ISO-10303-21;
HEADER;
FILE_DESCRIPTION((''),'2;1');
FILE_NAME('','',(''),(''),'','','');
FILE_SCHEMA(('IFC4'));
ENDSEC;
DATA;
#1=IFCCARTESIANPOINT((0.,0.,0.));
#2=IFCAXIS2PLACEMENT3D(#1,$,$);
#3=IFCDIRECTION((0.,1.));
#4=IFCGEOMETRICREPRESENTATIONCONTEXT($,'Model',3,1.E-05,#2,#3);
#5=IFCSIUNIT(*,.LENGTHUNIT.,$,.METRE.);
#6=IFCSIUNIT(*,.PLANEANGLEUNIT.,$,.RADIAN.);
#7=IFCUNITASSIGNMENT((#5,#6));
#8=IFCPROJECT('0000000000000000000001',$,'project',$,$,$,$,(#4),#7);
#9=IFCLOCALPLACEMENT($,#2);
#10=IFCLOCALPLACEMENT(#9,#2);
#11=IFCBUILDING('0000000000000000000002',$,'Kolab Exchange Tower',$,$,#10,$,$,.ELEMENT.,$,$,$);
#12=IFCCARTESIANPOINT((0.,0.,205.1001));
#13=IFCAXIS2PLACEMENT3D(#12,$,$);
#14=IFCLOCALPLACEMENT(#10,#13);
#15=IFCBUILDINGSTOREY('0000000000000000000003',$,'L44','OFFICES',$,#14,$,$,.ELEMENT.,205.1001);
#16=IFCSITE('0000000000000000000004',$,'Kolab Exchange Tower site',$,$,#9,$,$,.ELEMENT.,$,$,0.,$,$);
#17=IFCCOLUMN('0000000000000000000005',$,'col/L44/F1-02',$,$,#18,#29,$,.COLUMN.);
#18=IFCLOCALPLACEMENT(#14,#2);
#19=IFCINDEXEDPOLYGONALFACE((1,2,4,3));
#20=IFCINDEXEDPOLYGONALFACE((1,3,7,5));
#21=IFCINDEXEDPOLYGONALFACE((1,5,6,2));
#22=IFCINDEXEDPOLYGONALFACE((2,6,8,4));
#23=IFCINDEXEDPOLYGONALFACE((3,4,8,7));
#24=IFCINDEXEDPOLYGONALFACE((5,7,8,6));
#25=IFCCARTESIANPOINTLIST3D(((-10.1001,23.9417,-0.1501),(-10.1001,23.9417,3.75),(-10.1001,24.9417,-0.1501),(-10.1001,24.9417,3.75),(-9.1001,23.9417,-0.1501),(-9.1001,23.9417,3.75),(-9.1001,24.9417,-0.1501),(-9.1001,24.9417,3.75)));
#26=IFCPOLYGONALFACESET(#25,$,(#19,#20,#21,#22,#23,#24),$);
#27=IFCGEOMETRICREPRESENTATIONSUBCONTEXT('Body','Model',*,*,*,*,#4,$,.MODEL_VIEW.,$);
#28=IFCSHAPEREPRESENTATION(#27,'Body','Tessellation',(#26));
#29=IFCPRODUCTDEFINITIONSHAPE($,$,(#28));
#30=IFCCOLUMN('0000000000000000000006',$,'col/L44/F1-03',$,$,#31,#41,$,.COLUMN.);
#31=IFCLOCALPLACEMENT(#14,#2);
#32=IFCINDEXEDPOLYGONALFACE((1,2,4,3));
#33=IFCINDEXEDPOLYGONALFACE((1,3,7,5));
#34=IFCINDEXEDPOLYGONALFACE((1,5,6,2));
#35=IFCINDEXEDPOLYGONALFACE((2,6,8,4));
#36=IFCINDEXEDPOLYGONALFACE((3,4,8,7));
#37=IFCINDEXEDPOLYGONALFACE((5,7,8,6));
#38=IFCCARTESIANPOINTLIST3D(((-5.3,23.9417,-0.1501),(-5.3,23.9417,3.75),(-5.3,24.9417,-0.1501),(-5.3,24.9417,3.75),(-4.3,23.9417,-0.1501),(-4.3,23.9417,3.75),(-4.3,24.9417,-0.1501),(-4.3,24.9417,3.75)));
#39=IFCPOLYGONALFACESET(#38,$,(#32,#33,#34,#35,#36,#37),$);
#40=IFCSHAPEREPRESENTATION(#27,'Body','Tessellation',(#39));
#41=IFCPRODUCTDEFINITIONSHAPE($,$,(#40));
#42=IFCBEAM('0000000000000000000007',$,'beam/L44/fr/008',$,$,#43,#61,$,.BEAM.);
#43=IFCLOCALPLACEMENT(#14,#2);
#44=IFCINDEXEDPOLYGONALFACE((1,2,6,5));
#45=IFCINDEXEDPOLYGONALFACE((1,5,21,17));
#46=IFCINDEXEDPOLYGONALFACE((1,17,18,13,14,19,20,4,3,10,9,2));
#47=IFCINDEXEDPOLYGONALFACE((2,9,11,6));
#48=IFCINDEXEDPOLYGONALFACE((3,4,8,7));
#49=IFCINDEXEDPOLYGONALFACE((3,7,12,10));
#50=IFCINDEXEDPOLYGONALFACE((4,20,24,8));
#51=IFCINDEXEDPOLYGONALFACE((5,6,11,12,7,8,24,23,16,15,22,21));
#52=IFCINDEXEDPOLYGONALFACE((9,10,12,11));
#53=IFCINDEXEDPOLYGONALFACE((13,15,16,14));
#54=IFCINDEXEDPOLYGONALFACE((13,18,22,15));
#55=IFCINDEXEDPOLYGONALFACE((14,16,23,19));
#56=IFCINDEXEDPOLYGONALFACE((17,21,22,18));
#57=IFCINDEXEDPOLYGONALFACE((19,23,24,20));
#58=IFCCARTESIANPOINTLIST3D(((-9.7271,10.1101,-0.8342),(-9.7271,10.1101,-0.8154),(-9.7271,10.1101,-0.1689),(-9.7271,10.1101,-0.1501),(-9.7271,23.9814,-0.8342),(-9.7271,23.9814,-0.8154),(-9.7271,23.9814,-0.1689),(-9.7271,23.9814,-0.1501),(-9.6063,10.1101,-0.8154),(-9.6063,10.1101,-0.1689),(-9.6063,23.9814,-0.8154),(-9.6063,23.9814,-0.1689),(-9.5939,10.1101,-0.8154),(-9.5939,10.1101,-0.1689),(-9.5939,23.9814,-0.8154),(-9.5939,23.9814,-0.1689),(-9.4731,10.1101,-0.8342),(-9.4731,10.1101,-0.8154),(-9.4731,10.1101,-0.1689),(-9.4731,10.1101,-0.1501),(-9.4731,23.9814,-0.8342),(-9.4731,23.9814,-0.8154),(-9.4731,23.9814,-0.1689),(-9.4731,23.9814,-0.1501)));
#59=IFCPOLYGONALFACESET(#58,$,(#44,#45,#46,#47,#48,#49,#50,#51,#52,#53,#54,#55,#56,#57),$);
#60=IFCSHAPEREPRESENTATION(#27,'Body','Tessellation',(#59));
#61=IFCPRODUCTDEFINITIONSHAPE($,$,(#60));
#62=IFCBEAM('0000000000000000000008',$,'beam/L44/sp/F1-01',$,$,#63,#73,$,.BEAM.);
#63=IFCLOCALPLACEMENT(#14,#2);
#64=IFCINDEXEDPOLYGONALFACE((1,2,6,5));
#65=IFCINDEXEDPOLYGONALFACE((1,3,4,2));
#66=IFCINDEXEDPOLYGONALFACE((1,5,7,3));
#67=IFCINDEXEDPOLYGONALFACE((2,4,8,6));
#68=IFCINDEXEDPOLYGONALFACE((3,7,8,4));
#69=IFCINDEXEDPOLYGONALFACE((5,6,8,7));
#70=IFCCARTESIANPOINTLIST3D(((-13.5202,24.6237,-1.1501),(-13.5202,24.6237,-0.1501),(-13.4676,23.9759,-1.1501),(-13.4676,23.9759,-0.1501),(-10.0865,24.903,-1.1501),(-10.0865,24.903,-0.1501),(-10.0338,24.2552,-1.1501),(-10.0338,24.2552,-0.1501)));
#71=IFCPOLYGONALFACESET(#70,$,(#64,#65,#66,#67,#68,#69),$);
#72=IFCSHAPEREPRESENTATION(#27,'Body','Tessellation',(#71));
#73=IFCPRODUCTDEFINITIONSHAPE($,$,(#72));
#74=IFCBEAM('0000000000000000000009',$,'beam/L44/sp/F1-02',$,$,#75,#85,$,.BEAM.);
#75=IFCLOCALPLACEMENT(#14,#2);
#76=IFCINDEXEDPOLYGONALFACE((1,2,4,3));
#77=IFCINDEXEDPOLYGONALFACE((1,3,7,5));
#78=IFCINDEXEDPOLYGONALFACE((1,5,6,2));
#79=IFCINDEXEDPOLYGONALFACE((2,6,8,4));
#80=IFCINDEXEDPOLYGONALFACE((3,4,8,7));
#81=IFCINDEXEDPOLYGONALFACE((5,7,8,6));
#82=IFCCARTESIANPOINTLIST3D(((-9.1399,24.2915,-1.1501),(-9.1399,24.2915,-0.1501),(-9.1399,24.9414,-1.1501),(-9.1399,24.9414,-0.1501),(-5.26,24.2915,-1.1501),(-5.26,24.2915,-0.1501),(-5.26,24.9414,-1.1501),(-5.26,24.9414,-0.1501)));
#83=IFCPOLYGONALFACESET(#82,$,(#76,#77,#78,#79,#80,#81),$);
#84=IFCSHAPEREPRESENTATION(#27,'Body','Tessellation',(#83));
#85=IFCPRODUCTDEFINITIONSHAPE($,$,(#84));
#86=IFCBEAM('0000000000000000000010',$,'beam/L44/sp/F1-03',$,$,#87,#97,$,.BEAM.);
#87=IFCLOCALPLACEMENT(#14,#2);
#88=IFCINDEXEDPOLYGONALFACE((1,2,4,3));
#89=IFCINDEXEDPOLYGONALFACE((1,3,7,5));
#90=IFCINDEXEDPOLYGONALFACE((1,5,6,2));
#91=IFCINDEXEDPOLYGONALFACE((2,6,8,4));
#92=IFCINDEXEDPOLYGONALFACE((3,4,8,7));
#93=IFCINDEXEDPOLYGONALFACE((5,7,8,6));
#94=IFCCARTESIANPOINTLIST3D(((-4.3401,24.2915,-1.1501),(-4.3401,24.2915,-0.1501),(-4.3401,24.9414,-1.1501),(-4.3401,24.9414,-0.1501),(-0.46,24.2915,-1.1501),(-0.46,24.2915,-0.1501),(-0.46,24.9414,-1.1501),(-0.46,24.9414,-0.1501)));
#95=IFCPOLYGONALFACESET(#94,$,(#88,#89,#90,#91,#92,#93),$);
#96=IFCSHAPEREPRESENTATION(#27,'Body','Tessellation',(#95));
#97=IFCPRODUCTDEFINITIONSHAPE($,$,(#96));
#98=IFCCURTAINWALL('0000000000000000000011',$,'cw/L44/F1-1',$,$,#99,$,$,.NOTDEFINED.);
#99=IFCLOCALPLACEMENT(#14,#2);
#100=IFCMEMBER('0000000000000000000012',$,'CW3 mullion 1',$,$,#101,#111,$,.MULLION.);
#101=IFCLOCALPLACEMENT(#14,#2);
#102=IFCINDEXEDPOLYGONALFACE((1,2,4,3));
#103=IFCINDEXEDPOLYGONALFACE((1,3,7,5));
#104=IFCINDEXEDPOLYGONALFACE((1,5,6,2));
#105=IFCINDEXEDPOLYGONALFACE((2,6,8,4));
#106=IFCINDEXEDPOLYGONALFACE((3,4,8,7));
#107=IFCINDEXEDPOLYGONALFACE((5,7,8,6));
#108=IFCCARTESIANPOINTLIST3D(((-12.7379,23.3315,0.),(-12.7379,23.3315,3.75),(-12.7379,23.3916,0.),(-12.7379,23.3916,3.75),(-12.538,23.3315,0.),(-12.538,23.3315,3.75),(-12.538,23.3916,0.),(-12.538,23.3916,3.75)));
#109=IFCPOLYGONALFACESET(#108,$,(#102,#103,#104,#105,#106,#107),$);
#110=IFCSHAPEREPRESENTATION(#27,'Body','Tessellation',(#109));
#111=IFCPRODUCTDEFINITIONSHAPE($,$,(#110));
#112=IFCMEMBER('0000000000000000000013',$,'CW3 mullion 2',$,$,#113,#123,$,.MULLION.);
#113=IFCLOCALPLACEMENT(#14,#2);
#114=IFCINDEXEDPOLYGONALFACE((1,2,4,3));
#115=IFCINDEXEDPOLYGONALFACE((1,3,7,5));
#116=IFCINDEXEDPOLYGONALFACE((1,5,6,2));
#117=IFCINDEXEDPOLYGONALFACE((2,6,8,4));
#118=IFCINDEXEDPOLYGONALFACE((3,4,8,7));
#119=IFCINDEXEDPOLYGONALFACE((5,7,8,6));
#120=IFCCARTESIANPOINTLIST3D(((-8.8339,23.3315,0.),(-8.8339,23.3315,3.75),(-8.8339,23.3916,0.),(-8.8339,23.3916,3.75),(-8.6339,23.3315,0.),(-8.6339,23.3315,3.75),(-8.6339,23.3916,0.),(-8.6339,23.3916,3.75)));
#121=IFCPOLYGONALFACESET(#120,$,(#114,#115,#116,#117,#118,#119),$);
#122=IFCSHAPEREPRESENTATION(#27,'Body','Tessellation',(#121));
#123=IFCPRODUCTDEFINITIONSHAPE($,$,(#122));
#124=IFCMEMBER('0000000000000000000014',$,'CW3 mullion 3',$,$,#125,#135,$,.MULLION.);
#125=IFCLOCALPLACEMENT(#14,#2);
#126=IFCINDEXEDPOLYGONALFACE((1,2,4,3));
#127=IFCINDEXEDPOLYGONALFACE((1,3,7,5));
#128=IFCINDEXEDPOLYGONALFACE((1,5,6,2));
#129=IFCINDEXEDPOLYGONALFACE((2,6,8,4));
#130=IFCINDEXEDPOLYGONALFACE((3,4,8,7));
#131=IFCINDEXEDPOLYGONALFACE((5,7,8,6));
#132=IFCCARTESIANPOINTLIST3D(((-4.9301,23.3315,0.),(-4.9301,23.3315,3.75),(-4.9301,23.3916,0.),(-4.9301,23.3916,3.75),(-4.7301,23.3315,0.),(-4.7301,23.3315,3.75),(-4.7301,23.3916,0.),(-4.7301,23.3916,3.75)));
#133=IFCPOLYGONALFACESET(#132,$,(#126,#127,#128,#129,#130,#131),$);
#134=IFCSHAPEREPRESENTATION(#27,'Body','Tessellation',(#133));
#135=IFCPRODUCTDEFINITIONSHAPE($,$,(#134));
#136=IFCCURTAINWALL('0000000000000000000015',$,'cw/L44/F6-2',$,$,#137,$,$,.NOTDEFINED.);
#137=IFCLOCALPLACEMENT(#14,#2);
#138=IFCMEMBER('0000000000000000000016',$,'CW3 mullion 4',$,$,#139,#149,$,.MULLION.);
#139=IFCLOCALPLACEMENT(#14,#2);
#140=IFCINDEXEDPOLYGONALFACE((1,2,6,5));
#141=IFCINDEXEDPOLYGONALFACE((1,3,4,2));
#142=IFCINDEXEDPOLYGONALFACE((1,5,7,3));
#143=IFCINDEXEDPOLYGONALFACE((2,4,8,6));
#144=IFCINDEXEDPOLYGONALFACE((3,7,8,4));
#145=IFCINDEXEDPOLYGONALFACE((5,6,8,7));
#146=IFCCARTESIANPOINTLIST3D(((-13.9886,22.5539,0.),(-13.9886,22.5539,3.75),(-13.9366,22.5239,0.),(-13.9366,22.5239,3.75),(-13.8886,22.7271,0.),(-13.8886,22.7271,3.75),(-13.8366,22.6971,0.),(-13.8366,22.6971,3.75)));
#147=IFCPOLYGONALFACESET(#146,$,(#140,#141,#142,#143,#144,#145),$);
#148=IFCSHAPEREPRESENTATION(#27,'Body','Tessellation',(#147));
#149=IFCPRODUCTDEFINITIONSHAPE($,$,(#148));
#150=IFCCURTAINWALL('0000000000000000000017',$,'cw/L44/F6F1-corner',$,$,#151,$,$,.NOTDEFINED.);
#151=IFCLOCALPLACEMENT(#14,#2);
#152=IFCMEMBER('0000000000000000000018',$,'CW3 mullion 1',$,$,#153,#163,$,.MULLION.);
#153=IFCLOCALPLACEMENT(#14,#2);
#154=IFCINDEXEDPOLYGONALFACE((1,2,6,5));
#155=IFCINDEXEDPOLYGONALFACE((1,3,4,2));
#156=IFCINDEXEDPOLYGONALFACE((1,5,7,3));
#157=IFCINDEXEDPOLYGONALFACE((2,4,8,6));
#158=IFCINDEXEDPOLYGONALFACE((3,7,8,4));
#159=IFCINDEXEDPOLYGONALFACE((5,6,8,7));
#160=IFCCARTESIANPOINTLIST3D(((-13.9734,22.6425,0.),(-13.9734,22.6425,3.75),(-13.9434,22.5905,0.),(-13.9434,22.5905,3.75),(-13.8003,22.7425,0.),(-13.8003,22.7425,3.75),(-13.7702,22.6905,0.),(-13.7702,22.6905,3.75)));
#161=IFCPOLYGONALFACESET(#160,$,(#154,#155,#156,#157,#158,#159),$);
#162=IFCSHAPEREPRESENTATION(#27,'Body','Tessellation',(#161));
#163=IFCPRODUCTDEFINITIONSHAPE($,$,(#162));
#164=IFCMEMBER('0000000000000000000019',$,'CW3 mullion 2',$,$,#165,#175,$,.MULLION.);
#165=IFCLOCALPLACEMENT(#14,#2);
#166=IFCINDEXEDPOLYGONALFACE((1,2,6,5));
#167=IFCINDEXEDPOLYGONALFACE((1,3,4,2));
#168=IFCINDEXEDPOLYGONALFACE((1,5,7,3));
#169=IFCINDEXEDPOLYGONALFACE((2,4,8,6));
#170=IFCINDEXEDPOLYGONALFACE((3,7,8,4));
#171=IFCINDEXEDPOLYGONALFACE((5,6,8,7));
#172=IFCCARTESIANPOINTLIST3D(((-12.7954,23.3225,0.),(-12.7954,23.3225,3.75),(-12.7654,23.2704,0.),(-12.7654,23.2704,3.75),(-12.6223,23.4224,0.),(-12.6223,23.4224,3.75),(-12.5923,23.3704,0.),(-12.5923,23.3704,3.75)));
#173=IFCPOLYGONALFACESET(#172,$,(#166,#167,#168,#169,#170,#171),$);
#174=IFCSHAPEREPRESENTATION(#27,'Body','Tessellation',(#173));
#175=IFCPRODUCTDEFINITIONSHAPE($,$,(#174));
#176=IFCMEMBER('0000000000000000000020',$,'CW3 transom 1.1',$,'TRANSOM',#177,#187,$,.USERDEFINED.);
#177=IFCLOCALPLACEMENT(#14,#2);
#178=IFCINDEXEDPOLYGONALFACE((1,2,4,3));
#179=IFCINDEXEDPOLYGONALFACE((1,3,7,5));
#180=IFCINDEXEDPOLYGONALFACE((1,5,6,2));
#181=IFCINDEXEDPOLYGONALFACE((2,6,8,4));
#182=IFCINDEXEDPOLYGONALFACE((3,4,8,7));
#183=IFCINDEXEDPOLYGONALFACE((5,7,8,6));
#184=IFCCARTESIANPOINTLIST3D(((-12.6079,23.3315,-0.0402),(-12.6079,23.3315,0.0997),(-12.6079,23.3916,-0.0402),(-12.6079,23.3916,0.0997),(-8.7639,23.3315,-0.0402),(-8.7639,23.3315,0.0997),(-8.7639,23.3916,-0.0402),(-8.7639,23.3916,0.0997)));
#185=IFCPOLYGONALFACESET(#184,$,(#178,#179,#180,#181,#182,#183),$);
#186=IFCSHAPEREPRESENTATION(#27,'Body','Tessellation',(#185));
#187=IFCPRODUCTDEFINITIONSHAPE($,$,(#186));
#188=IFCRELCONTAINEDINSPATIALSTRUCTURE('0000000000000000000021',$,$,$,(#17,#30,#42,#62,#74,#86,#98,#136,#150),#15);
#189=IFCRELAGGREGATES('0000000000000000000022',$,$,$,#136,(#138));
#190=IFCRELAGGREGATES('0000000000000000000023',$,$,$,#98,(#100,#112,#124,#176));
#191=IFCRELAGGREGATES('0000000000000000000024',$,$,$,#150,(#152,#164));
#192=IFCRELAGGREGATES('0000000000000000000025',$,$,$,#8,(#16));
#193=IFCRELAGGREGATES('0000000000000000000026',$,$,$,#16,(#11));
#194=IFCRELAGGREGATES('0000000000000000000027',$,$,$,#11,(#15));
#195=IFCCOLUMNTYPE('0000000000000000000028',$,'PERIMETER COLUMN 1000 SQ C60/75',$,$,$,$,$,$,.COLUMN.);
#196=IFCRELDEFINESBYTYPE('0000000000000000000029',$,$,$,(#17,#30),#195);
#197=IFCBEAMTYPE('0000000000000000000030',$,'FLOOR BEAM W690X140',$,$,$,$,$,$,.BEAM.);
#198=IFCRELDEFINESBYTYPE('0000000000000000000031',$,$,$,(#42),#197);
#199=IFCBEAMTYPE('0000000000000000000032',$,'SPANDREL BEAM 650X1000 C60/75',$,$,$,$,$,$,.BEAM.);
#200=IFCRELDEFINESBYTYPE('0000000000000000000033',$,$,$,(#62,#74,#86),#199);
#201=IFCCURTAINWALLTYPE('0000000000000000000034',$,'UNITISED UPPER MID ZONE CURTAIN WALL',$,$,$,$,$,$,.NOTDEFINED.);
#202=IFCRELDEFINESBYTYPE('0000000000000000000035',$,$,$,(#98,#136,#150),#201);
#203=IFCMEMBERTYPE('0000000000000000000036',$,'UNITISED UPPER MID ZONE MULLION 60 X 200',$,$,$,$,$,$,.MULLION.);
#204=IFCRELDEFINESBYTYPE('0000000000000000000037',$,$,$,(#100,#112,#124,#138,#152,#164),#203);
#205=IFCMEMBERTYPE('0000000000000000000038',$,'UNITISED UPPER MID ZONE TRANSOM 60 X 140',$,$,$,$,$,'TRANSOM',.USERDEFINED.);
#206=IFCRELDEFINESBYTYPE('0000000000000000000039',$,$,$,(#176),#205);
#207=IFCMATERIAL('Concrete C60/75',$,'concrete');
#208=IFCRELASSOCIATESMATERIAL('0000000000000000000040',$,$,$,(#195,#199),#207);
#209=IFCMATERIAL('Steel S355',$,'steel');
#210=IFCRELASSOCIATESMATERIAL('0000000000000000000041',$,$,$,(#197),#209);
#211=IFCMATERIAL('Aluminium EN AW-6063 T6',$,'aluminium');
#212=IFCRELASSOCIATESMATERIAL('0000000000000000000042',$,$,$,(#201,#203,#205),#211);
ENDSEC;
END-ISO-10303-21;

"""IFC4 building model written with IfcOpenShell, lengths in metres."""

from ifc_helpers import new_model, si_unit, direction, frame, origin, origin_2d, place, context, subcontext, project, spatial, rectangle, i_section, extrude, material, material_profile, profile_set, type_object, element, aggregate, save


model = new_model("IFC4")

# Units and contexts
model_context = context("Model", 3, precision=1e-05, world=origin(), true_north=direction((0.0, 1.0)))
body_context = subcontext(model_context, "Body", "Model", "MODEL_VIEW")
ifc_project = project(units=[si_unit("LENGTHUNIT", "METRE"), si_unit("PLANEANGLEUNIT", "RADIAN")], contexts=[model_context])

# Site, building, storey
site_placement = place(None, origin())
site = spatial("IfcSite", under=ifc_project, at=site_placement, Name="Kolab Exchange Tower site", CompositionType="ELEMENT", RefElevation=0.0)
building_placement = place(site_placement, origin())
building = spatial("IfcBuilding", under=site, at=building_placement, Name="Kolab Exchange Tower", CompositionType="ELEMENT")
storey_placement = place(building_placement, frame((0.0, 0.0, 205.1001)))
storey = spatial("IfcBuildingStorey", under=building, at=storey_placement, Name="L44", Description="OFFICES", CompositionType="ELEMENT", Elevation=205.1001)

# Columns
ifc_material_1 = material(Name="Concrete C60/75", Category="concrete")
ifc_material_profile_1 = material_profile(ifc_material_1, rectangle(XDim=1.0, YDim=1.0, at=origin_2d()), Name="RC1000")
ifc_profile_set_1 = profile_set([ifc_material_profile_1], Name="Concrete C60/75")
column_type = type_object("IfcColumnType", Name="PERIMETER COLUMN 1000 SQ C60/75", PredefinedType="COLUMN", material=ifc_profile_set_1)
for number, where, z_axis, x_axis, name in (
    (1, (-9.6001, 24.4417, -0.1501), (0.0, 0.0, 1.0), (1.0, 0.0, 0.0), "col/L44/F1-02"),
    (2, (-4.8, 24.4417, -0.1501), (0.0, 0.0, 1.0), (1.0, 0.0, 0.0), "col/L44/F1-03"),
):
    element("IfcColumn", number, at=place(storey_placement, frame(where, z_axis=z_axis, x_axis=x_axis)), inside=storey, type_object=column_type, Name=name, PredefinedType="COLUMN", context=body_context, shape_type="SweptSolid", body=[
        extrude(rectangle(XDim=1.0, YDim=1.0, at=origin_2d()), origin(), (0.0, 0.0, 1.0), 3.9001),
    ])

# Beams
ifc_material_2 = material(Name="Steel S355", Category="steel")
ifc_material_profile_2 = material_profile(ifc_material_2, i_section(OverallWidth=0.2539, OverallDepth=0.6841, WebThickness=0.0125, FlangeThickness=0.0188, at=origin_2d()), Name="W690X140")
ifc_profile_set_2 = profile_set([ifc_material_profile_2], Name="Steel S355")
beam_type_1 = type_object("IfcBeamType", Name="FLOOR BEAM W690X140", PredefinedType="BEAM", material=ifc_profile_set_2)
beam_1_placement = place(storey_placement, frame((-9.6001, 10.1101, -0.4922), z_axis=(0.0, 1.0, 0.0), x_axis=(-1.0, 0.0, 0.0)))
element("IfcBeam", 3, at=beam_1_placement, inside=storey, type_object=beam_type_1, Name="beam/L44/fr/008", PredefinedType="BEAM", context=body_context, shape_type="SweptSolid", body=[
    extrude(i_section(OverallWidth=0.2539, OverallDepth=0.6841, WebThickness=0.0125, FlangeThickness=0.0188, at=origin_2d()), origin(), (0.0, 0.0, 1.0), 13.8713),
])
ifc_material_profile_3 = material_profile(ifc_material_1, rectangle(XDim=0.6499, YDim=1.0, at=origin_2d()), Name="RC650X1000")
ifc_profile_set_3 = profile_set([ifc_material_profile_3], Name="Concrete C60/75")
beam_type_2 = type_object("IfcBeamType", Name="SPANDREL BEAM 650X1000 C60/75", PredefinedType="BEAM", material=ifc_profile_set_3)
beam_2_placement = place(storey_placement, frame((-13.4939, 24.2998, -0.6501), z_axis=(0.996708, 0.081069, 0.0), x_axis=(-0.081069, 0.996708, 0.0)))
element("IfcBeam", 4, at=beam_2_placement, inside=storey, type_object=beam_type_2, Name="beam/L44/sp/F1-01", PredefinedType="BEAM", context=body_context, shape_type="SweptSolid", body=[
    extrude(rectangle(XDim=0.6499, YDim=1.0, at=origin_2d()), origin(), (0.0, 0.0, 1.0), 3.4451),
])
beam_3_placement = place(storey_placement, frame((-9.1399, 24.6165, -0.6501), z_axis=(1.0, 0.0, 0.0), x_axis=(0.0, 1.0, 0.0)))
element("IfcBeam", 5, at=beam_3_placement, inside=storey, type_object=beam_type_2, Name="beam/L44/sp/F1-02", PredefinedType="BEAM", context=body_context, shape_type="SweptSolid", body=[
    extrude(rectangle(XDim=0.6499, YDim=1.0, at=origin_2d()), origin(), (0.0, 0.0, 1.0), 3.8799),
])
beam_4_placement = place(storey_placement, frame((-4.3401, 24.6165, -0.6501), z_axis=(1.0, 0.0, 0.0), x_axis=(0.0, 1.0, 0.0)))
element("IfcBeam", 6, at=beam_4_placement, inside=storey, type_object=beam_type_2, Name="beam/L44/sp/F1-03", PredefinedType="BEAM", context=body_context, shape_type="SweptSolid", body=[
    extrude(rectangle(XDim=0.6499, YDim=1.0, at=origin_2d()), origin(), (0.0, 0.0, 1.0), 3.8801),
])

# Curtain wall, members
ifc_material_3 = material(Name="Aluminium EN AW-6063 T6", Category="aluminium")
curtain_wall_type = type_object("IfcCurtainWallType", Name="UNITISED UPPER MID ZONE CURTAIN WALL", PredefinedType="NOTDEFINED", material=ifc_material_3)
curtain_wall_1_placement = place(storey_placement, origin())
curtain_wall_1 = element("IfcCurtainWall", 7, at=curtain_wall_1_placement, inside=storey, type_object=curtain_wall_type, Name="cw/L44/F1-1", PredefinedType="NOTDEFINED")
ifc_material_profile_4 = material_profile(ifc_material_3, rectangle(XDim=0.0601, YDim=0.2, at=origin_2d()), Name="RECT 60X200")
ifc_profile_set_4 = profile_set([ifc_material_profile_4], Name="Aluminium EN AW-6063 T6")
member_type_1 = type_object("IfcMemberType", Name="UNITISED UPPER MID ZONE MULLION 60 X 200", PredefinedType="MULLION", material=ifc_profile_set_4)
member_1_placement = place(storey_placement, frame((-12.6379, 23.3616, 0.0), z_axis=(0.0, 0.0, 1.0), x_axis=(0.0, 1.0, 0.0)))
member_1 = element("IfcMember", 8, at=member_1_placement, type_object=member_type_1, Name="CW3 mullion 1", PredefinedType="MULLION", context=body_context, shape_type="SweptSolid", body=[
    extrude(rectangle(XDim=0.0601, YDim=0.2, at=origin_2d()), origin(), (0.0, 0.0, 1.0), 3.75),
])
member_2_placement = place(storey_placement, frame((-8.7339, 23.3616, 0.0), z_axis=(0.0, 0.0, 1.0), x_axis=(0.0, 1.0, 0.0)))
member_2 = element("IfcMember", 9, at=member_2_placement, type_object=member_type_1, Name="CW3 mullion 2", PredefinedType="MULLION", context=body_context, shape_type="SweptSolid", body=[
    extrude(rectangle(XDim=0.0601, YDim=0.2, at=origin_2d()), origin(), (0.0, 0.0, 1.0), 3.75),
])
member_3_placement = place(storey_placement, frame((-4.8301, 23.3616, 0.0), z_axis=(0.0, 0.0, 1.0), x_axis=(0.0, 1.0, 0.0)))
member_3 = element("IfcMember", 10, at=member_3_placement, type_object=member_type_1, Name="CW3 mullion 3", PredefinedType="MULLION", context=body_context, shape_type="SweptSolid", body=[
    extrude(rectangle(XDim=0.0601, YDim=0.2, at=origin_2d()), origin(), (0.0, 0.0, 1.0), 3.75),
])

# Curtain wall, member
curtain_wall_2_placement = place(storey_placement, origin())
curtain_wall_2 = element("IfcCurtainWall", 11, at=curtain_wall_2_placement, inside=storey, type_object=curtain_wall_type, Name="cw/L44/F6-2", PredefinedType="NOTDEFINED")
member_4_placement = place(storey_placement, frame((-13.9126, 22.6255, 0.0), z_axis=(0.0, 0.0, 1.0), x_axis=(-0.866025, 0.5, 0.0)))
member_4 = element("IfcMember", 12, at=member_4_placement, type_object=member_type_1, Name="CW3 mullion 4", PredefinedType="MULLION", context=body_context, shape_type="SweptSolid", body=[
    extrude(rectangle(XDim=0.0601, YDim=0.2, at=origin_2d()), origin(), (0.0, 0.0, 1.0), 3.75),
])
aggregate(curtain_wall_2, [member_4])

# Curtain wall, members
curtain_wall_3_placement = place(storey_placement, origin())
curtain_wall_3 = element("IfcCurtainWall", 13, at=curtain_wall_3_placement, inside=storey, type_object=curtain_wall_type, Name="cw/L44/F6F1-corner", PredefinedType="NOTDEFINED")
member_5_placement = place(storey_placement, frame((-13.8718, 22.6665, 0.0), z_axis=(0.0, 0.0, 1.0), x_axis=(-0.5, 0.866025, 0.0)))
member_5 = element("IfcMember", 14, at=member_5_placement, type_object=member_type_1, Name="CW3 mullion 1", PredefinedType="MULLION", context=body_context, shape_type="SweptSolid", body=[
    extrude(rectangle(XDim=0.0601, YDim=0.2, at=origin_2d()), origin(), (0.0, 0.0, 1.0), 3.75),
])
member_6_placement = place(storey_placement, frame((-12.6938, 23.3464, 0.0), z_axis=(0.0, 0.0, 1.0), x_axis=(-0.5, 0.866025, 0.0)))
member_6 = element("IfcMember", 15, at=member_6_placement, type_object=member_type_1, Name="CW3 mullion 2", PredefinedType="MULLION", context=body_context, shape_type="SweptSolid", body=[
    extrude(rectangle(XDim=0.0601, YDim=0.2, at=origin_2d()), origin(), (0.0, 0.0, 1.0), 3.75),
])

# Member
ifc_material_profile_5 = material_profile(ifc_material_3, rectangle(XDim=0.0601, YDim=0.1399, at=origin_2d()), Name="RECT 60X140")
ifc_profile_set_5 = profile_set([ifc_material_profile_5], Name="Aluminium EN AW-6063 T6")
member_type_2 = type_object("IfcMemberType", Name="UNITISED UPPER MID ZONE TRANSOM 60 X 140", ElementType="TRANSOM", PredefinedType="USERDEFINED", material=ifc_profile_set_5)
member_7_placement = place(storey_placement, frame((-12.6079, 23.3616, 0.0298), z_axis=(1.0, 0.0, 0.0), x_axis=(0.0, 1.0, 0.0)))
member_7 = element("IfcMember", 16, at=member_7_placement, type_object=member_type_2, Name="CW3 transom 1.1", ObjectType="TRANSOM", PredefinedType="USERDEFINED", context=body_context, shape_type="SweptSolid", body=[
    extrude(rectangle(XDim=0.0601, YDim=0.1399, at=origin_2d()), origin(), (0.0, 0.0, 1.0), 3.844),
])

aggregate(curtain_wall_1, [member_1, member_2, member_3, member_7])
aggregate(curtain_wall_3, [member_5, member_6])

save(model, "model.ifc")
